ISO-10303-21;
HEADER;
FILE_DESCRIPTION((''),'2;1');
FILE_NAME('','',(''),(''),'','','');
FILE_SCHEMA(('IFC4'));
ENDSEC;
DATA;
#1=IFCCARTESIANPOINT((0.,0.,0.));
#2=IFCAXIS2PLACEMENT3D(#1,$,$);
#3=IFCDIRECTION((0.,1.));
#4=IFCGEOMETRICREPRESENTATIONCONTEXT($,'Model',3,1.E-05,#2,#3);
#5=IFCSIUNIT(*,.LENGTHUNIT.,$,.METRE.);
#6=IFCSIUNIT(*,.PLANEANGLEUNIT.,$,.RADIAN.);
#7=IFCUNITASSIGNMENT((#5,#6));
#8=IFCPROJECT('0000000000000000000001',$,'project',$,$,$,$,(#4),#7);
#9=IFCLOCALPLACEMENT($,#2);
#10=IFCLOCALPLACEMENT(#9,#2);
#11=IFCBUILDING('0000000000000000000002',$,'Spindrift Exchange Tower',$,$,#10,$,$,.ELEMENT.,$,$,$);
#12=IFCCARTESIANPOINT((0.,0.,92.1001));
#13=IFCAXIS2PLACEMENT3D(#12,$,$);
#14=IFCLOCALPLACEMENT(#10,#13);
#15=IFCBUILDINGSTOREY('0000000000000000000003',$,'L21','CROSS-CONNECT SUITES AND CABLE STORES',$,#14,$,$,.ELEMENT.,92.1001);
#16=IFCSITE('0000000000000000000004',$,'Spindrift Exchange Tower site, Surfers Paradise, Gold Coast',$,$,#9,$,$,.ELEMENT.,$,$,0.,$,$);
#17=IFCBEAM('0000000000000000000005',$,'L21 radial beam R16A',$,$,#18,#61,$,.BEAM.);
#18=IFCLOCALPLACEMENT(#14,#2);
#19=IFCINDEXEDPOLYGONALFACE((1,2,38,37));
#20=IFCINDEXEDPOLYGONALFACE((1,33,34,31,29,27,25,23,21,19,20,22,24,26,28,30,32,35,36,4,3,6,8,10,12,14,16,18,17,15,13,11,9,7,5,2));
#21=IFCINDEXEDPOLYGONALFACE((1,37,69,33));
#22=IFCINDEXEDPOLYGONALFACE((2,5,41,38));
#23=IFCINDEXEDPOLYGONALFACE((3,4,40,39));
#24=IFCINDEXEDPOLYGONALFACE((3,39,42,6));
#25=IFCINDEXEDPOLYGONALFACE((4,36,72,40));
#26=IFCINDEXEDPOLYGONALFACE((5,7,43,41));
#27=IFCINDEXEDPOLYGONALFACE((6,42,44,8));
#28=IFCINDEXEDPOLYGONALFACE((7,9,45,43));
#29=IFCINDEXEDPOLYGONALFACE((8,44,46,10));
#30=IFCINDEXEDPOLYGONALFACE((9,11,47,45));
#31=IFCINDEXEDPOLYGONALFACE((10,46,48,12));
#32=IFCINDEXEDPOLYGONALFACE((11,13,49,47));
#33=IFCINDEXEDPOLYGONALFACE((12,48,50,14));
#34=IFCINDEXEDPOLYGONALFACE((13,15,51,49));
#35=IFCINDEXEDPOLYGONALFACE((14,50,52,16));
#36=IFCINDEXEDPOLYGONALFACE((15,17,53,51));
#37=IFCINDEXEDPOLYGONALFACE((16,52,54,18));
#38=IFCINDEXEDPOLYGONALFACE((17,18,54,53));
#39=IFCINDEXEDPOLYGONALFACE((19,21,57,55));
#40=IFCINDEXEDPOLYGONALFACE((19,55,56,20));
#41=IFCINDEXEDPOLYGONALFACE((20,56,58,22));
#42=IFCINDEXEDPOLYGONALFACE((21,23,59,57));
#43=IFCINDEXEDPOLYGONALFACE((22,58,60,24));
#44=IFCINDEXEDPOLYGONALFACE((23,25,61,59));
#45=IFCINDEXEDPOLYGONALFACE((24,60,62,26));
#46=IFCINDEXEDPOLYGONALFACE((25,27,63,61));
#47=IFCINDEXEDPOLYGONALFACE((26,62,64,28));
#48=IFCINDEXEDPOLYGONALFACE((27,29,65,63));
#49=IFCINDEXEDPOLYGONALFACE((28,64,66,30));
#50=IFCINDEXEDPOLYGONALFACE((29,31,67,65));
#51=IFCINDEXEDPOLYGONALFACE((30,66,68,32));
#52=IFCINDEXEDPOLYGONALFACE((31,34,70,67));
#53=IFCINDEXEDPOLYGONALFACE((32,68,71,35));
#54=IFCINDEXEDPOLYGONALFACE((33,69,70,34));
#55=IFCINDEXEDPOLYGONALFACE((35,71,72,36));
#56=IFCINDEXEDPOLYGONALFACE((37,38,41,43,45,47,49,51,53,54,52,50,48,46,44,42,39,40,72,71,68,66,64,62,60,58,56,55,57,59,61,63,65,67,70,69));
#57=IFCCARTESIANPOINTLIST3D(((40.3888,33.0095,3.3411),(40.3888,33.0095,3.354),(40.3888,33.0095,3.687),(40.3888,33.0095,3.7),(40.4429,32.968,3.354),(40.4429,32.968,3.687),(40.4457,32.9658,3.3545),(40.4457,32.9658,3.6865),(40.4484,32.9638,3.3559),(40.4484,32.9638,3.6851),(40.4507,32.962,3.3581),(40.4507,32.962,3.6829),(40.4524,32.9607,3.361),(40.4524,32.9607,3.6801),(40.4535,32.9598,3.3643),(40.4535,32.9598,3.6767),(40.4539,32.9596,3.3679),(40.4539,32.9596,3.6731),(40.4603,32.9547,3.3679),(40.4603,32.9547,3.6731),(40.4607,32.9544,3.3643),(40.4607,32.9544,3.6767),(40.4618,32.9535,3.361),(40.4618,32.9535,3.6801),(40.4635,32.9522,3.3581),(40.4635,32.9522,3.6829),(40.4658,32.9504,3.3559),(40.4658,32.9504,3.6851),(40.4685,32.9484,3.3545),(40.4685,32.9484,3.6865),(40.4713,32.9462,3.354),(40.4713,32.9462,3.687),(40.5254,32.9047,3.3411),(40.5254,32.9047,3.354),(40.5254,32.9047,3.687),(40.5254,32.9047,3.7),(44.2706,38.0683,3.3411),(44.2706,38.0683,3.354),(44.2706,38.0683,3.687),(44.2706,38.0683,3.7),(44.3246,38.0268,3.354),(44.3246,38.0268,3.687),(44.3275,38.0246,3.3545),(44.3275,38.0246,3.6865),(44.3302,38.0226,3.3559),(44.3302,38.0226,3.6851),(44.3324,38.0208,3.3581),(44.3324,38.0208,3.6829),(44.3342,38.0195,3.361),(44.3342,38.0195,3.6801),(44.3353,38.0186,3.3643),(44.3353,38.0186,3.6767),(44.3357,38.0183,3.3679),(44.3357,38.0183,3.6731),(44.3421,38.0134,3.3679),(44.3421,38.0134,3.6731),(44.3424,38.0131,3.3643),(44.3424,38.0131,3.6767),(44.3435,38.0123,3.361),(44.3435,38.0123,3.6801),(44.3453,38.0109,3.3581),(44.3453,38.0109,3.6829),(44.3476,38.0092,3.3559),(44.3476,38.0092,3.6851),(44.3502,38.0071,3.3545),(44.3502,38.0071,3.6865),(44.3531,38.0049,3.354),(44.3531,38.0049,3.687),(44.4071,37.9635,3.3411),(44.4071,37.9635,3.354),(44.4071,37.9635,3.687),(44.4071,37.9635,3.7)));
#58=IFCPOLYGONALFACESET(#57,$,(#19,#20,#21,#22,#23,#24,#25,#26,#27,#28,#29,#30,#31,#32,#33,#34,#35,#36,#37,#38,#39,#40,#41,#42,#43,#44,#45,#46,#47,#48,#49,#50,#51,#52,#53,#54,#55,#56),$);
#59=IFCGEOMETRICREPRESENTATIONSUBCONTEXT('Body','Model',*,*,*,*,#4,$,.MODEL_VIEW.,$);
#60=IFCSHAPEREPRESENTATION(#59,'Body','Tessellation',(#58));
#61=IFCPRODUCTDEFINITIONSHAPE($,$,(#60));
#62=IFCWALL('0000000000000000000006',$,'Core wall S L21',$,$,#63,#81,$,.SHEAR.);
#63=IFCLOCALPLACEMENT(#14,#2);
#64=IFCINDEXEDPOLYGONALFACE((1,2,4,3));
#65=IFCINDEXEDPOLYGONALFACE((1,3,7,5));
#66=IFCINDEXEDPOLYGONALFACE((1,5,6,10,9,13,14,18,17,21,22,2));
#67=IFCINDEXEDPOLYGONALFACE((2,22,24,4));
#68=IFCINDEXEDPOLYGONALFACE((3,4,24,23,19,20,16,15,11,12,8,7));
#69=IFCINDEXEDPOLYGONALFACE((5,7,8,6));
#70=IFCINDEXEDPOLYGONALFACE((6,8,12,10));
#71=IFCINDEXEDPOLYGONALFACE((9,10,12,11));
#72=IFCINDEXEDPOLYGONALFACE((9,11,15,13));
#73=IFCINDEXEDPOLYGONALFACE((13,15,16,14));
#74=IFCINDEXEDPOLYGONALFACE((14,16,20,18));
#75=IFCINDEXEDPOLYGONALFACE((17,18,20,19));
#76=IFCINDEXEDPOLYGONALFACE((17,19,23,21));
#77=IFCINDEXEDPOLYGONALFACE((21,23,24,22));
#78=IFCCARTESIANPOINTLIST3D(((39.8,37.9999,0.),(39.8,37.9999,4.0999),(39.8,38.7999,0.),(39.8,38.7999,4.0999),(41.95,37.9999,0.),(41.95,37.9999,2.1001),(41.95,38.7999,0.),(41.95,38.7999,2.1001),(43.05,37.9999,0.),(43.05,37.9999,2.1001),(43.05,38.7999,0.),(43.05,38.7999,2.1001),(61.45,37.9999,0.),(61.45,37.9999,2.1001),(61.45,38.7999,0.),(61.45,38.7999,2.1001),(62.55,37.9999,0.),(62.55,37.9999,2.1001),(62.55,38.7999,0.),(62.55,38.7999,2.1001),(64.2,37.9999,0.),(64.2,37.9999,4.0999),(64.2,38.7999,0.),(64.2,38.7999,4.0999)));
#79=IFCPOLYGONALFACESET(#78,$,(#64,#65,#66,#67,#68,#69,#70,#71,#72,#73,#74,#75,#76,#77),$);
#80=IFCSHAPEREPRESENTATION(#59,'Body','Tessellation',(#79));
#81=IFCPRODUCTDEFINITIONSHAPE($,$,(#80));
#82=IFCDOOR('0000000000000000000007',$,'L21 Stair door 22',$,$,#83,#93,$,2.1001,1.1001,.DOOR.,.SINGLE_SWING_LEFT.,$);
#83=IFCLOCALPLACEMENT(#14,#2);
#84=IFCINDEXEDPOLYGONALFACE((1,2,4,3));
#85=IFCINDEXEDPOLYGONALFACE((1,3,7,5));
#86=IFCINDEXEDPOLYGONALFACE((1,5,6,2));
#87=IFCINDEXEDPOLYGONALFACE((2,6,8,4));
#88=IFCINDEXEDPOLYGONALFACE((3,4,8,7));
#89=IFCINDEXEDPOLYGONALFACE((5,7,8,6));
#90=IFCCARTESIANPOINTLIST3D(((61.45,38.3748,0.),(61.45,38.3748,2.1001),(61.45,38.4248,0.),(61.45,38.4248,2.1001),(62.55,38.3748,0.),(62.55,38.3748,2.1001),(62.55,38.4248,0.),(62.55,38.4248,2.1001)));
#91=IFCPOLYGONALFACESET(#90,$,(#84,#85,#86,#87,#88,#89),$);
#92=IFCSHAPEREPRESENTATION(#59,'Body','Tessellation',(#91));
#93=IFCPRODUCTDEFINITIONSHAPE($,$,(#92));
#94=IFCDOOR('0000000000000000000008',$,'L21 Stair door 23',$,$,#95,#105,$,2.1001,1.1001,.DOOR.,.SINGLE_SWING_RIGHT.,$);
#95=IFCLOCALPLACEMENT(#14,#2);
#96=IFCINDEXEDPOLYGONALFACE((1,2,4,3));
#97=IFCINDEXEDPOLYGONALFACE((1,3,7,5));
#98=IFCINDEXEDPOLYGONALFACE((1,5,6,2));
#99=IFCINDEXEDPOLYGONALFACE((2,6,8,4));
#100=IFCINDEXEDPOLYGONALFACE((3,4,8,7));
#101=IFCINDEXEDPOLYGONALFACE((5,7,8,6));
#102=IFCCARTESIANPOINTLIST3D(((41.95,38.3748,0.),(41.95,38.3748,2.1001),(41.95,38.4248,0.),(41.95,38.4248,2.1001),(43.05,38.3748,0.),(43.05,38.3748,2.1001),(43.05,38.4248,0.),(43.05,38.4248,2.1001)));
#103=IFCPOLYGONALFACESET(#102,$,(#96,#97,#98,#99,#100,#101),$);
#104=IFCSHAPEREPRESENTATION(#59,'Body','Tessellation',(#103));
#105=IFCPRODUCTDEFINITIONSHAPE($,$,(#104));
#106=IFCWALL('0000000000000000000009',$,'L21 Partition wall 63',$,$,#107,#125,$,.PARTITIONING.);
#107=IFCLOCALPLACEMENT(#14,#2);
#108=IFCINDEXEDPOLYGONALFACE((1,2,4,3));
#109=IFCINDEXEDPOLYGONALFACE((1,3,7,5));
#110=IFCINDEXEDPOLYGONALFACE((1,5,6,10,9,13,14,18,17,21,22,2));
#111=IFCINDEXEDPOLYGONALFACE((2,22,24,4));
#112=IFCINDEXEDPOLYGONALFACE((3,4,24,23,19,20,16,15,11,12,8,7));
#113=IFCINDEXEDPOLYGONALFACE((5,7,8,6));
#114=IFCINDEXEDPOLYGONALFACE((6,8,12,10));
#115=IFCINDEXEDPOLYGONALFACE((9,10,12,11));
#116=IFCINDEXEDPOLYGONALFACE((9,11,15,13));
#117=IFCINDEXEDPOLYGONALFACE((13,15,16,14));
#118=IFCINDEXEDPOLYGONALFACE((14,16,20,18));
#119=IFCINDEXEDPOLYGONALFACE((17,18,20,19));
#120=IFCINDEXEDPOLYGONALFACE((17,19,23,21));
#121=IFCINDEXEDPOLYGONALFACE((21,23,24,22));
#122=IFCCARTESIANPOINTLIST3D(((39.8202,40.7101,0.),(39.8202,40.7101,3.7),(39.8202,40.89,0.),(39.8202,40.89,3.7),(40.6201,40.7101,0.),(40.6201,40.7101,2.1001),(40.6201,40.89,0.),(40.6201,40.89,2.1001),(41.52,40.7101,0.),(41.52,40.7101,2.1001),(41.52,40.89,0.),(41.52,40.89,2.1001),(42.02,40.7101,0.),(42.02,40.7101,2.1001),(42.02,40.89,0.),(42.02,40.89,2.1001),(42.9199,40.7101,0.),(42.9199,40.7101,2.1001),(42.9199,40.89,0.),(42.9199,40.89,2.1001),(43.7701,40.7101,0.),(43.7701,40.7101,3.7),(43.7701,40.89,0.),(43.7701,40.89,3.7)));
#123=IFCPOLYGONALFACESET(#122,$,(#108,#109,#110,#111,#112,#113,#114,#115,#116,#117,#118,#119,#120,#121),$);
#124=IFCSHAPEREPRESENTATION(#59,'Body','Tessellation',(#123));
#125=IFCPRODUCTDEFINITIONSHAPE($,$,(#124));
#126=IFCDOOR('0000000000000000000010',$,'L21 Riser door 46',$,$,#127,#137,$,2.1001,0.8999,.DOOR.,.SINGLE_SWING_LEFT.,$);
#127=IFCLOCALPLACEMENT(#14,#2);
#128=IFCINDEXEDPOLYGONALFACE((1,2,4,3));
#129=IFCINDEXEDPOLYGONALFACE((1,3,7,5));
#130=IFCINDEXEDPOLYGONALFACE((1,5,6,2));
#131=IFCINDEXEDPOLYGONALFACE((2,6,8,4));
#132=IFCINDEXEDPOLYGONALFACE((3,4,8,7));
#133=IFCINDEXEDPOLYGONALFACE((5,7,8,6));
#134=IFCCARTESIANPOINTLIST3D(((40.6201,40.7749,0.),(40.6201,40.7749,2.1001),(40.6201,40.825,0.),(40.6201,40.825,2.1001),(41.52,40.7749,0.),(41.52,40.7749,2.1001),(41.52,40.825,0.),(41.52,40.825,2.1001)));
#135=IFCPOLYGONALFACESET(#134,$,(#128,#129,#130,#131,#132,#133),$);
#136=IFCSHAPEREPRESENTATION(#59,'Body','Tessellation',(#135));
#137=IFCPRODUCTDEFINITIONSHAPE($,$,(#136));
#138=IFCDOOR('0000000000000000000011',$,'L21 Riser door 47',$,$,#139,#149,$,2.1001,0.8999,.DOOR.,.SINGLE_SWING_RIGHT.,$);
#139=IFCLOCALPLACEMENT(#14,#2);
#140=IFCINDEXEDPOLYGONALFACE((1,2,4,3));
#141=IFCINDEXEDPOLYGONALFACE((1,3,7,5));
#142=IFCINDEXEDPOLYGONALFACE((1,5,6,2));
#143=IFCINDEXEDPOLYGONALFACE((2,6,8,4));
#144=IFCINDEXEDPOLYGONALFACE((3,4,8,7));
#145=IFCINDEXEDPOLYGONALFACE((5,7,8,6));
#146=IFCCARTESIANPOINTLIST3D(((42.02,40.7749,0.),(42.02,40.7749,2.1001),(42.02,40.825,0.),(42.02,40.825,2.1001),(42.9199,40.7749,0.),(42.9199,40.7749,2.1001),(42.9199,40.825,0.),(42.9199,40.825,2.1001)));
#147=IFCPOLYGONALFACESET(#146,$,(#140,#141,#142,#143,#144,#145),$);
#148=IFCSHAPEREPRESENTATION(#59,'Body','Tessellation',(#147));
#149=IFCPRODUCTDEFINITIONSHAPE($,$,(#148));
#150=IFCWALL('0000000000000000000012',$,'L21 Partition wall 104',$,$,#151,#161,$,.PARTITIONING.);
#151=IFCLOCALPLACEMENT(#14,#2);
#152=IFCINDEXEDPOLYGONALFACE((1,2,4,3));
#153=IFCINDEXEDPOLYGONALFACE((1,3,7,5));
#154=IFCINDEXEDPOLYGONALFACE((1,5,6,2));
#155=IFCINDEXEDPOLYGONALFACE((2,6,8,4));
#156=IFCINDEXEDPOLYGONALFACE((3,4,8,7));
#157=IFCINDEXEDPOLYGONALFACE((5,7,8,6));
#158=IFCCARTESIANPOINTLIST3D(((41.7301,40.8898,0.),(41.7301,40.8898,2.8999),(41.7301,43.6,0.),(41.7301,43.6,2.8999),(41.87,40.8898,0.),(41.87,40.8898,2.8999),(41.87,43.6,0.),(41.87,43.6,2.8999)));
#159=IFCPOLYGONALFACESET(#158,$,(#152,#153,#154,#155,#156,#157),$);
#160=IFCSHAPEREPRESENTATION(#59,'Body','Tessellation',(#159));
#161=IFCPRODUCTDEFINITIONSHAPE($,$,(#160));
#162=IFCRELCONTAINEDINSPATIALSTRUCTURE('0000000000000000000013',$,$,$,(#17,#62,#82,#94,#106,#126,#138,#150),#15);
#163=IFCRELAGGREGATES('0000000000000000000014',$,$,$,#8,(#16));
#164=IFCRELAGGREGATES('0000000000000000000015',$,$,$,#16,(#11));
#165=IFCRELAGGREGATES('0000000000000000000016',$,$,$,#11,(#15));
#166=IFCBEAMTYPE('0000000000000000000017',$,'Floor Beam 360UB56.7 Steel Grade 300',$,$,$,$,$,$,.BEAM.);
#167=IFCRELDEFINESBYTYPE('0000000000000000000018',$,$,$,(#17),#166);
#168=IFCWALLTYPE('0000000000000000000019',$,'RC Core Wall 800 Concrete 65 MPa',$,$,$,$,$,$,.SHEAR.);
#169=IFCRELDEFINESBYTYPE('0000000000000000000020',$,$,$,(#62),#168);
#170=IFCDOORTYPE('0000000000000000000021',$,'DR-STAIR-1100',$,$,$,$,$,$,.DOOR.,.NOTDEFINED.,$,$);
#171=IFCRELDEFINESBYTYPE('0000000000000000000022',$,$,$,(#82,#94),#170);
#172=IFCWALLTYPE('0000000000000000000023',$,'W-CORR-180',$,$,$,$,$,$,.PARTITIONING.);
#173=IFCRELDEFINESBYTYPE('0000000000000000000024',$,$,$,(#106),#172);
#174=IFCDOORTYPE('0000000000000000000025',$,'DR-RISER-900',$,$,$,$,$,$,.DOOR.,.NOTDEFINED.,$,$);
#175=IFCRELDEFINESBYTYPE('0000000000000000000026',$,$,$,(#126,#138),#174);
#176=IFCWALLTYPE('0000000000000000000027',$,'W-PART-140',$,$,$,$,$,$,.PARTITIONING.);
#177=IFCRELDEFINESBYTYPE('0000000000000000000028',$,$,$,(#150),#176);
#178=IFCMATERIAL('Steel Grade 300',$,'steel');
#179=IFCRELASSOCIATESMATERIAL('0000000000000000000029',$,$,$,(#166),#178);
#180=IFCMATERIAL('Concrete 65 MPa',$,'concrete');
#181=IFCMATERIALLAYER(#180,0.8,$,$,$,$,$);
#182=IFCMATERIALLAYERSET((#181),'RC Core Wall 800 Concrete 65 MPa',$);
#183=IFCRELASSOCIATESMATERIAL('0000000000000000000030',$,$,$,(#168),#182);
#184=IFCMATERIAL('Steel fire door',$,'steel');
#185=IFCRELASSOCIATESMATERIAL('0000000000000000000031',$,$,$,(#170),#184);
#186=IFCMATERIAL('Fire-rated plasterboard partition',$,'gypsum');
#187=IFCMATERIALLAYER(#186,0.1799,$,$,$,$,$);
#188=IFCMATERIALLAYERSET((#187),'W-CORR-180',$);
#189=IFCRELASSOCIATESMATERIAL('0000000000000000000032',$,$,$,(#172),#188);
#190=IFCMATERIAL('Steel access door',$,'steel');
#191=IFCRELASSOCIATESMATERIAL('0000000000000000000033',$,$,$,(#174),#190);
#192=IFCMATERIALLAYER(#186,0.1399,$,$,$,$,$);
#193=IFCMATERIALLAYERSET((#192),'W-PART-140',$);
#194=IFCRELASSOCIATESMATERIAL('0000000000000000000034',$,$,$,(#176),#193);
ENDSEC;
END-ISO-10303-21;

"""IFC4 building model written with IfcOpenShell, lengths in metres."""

from ifc_helpers import new_model, si_unit, direction, frame, frame_2d, origin, origin_2d, place, context, subcontext, project, spatial, rectangle, i_section, extrude, source, transform, mapped, material, layer, layer_set, material_profile, profile_set, type_object, element, fill, save


model = new_model("IFC4")

# Units and contexts
model_context = context("Model", 3, precision=1e-05, world=origin(), true_north=direction((0.0, 1.0)))
body_context = subcontext(model_context, "Body", "Model", "MODEL_VIEW")
ifc_project = project(units=[si_unit("LENGTHUNIT", "METRE"), si_unit("PLANEANGLEUNIT", "RADIAN")], contexts=[model_context])

# Site, building, storey
site_placement = place(None, origin())
site = spatial("IfcSite", under=ifc_project, at=site_placement, Name="Spindrift Exchange Tower site, Surfers Paradise, Gold Coast", CompositionType="ELEMENT", RefElevation=0.0)
building_placement = place(site_placement, origin())
building = spatial("IfcBuilding", under=site, at=building_placement, Name="Spindrift Exchange Tower", CompositionType="ELEMENT")
storey_placement = place(building_placement, frame((0.0, 0.0, 92.1001)))
storey = spatial("IfcBuildingStorey", under=building, at=storey_placement, Name="L21", Description="CROSS-CONNECT SUITES AND CABLE STORES", CompositionType="ELEMENT", Elevation=92.1001)

# Shared definitions
ifc_material_1 = material(Name="Concrete 65 MPa", Category="concrete")

# Beam
ifc_material_2 = material(Name="Steel Grade 300", Category="steel")
ifc_material_profile_1 = material_profile(ifc_material_2, i_section(OverallWidth=0.1721, OverallDepth=0.3589, WebThickness=0.0081, FlangeThickness=0.0129, FilletRadius=0.0139, at=origin_2d()), Name="360UB56.7")
ifc_profile_set_1 = profile_set([ifc_material_profile_1], Name="Steel Grade 300")
beam_type_1 = type_object("IfcBeamType", Name="Floor Beam 360UB56.7 Steel Grade 300", PredefinedType="BEAM", material=ifc_profile_set_1)
shared_shape_1 = source(origin(), body_context, "Body", "SweptSolid", [
    extrude(i_section(OverallWidth=0.1721, OverallDepth=0.3589, WebThickness=0.0081, FlangeThickness=0.0129, FilletRadius=0.0139, at=origin_2d()), origin(), (0.0, 0.0, 1.0), 6.3765),
])
beam_1_placement = place(storey_placement, frame((44.3389, 38.0159, 3.5205), z_axis=(-0.608767, -0.793349, 0.0), x_axis=(0.793349, -0.608767, 0.0)))
element("IfcBeam", 1, at=beam_1_placement, inside=storey, type_object=beam_type_1, Name="L21 radial beam R16A", PredefinedType="BEAM", context=body_context, shape_type="MappedRepresentation", body=[
    mapped(shared_shape_1, transform((0.0, 0.0, 0.0), scale=1.0)),
])

# Walls, openings, doors
ifc_layer_1 = layer(ifc_material_1, 0.8)
ifc_layer_set_1 = layer_set([ifc_layer_1], Name="RC Core Wall 800 Concrete 65 MPa")
wall_type_1 = type_object("IfcWallType", Name="RC Core Wall 800 Concrete 65 MPa", PredefinedType="SHEAR", material=ifc_layer_set_1)
wall_1_placement = place(storey_placement, frame((39.8, 38.3999, 0.0), z_axis=(0.0, 0.0, 1.0), x_axis=(1.0, 0.0, 0.0)))
wall_1 = element("IfcWall", 2, at=wall_1_placement, inside=storey, type_object=wall_type_1, Name="Core wall S L21", PredefinedType="SHEAR", context=body_context, shape_type="SweptSolid", body=[
    extrude(rectangle(XDim=24.3999, YDim=0.8, at=frame_2d((12.2, 0.0))), origin(), (0.0, 0.0, 1.0), 4.0999),
])
opening_1_placement = place(wall_1_placement, frame((21.6499, 0.0, 0.0)))
opening_1 = element("IfcOpeningElement", 3, at=opening_1_placement, cuts=wall_1, PredefinedType="OPENING", context=body_context, shape_type="SweptSolid", body=[
    extrude(rectangle(XDim=1.1001, YDim=2.1001, at=frame_2d((0.55, 1.05))), frame((0.0, 0.4099, 0.0), z_axis=(0.0, -1.0, 0.0), x_axis=(1.0, 0.0, 0.0)), (0.0, 0.0, 1.0), 0.8201),
])
opening_2_placement = place(wall_1_placement, frame((2.1499, 0.0, 0.0)))
opening_2 = element("IfcOpeningElement", 4, at=opening_2_placement, cuts=wall_1, PredefinedType="OPENING", context=body_context, shape_type="SweptSolid", body=[
    extrude(rectangle(XDim=1.1001, YDim=2.1001, at=frame_2d((0.55, 1.05))), frame((0.0, 0.4099, 0.0), z_axis=(0.0, -1.0, 0.0), x_axis=(1.0, 0.0, 0.0)), (0.0, 0.0, 1.0), 0.8201),
])
ifc_material_3 = material(Name="Steel fire door", Category="steel")
door_type_1 = type_object("IfcDoorType", Name="DR-STAIR-1100", OperationType="NOTDEFINED", PredefinedType="DOOR", material=ifc_material_3)
shared_shape_2 = source(origin(), body_context, "Body", "SweptSolid", [
    extrude(rectangle(XDim=1.1001, YDim=2.1001, at=frame_2d((0.55, 1.05))), frame((0.0, 0.0249, 0.0), z_axis=(0.0, -1.0, 0.0), x_axis=(1.0, 0.0, 0.0)), (0.0, 0.0, 1.0), 0.05),
])
door_1_placement = place(opening_1_placement, origin())
door_1 = element("IfcDoor", 5, at=door_1_placement, inside=storey, type_object=door_type_1, Name="L21 Stair door 22", OperationType="SINGLE_SWING_LEFT", OverallHeight=2.1001, OverallWidth=1.1001, PredefinedType="DOOR", context=body_context, shape_type="MappedRepresentation", body=[
    mapped(shared_shape_2, transform((0.0, 0.0, 0.0), scale=1.0)),
])
fill(opening_1, door_1)
door_2_placement = place(opening_2_placement, origin())
door_2 = element("IfcDoor", 6, at=door_2_placement, inside=storey, type_object=door_type_1, Name="L21 Stair door 23", OperationType="SINGLE_SWING_RIGHT", OverallHeight=2.1001, OverallWidth=1.1001, PredefinedType="DOOR", context=body_context, shape_type="MappedRepresentation", body=[
    mapped(shared_shape_2, transform((0.0, 0.0, 0.0), scale=1.0)),
])
fill(opening_2, door_2)
ifc_material_4 = material(Name="Fire-rated plasterboard partition", Category="gypsum")
ifc_layer_2 = layer(ifc_material_4, 0.1799)
ifc_layer_set_2 = layer_set([ifc_layer_2], Name="W-CORR-180")
wall_type_2 = type_object("IfcWallType", Name="W-CORR-180", PredefinedType="PARTITIONING", material=ifc_layer_set_2)
wall_2_placement = place(storey_placement, frame((39.8201, 40.8, 0.0), z_axis=(0.0, 0.0, 1.0), x_axis=(1.0, 0.0, 0.0)))
wall_2 = element("IfcWall", 7, at=wall_2_placement, inside=storey, type_object=wall_type_2, Name="L21 Partition wall 63", PredefinedType="PARTITIONING", context=body_context, shape_type="SweptSolid", body=[
    extrude(rectangle(XDim=3.95, YDim=0.1799, at=frame_2d((1.9751, 0.0))), origin(), (0.0, 0.0, 1.0), 3.7),
])
opening_3_placement = place(wall_2_placement, frame((0.8, 0.0, 0.0)))
opening_3 = element("IfcOpeningElement", 8, at=opening_3_placement, cuts=wall_2, PredefinedType="OPENING", context=body_context, shape_type="SweptSolid", body=[
    extrude(rectangle(XDim=0.8999, YDim=2.1001, at=frame_2d((0.45, 1.05))), frame((0.0, 0.0999, 0.0), z_axis=(0.0, -1.0, 0.0), x_axis=(1.0, 0.0, 0.0)), (0.0, 0.0, 1.0), 0.2),
])
opening_4_placement = place(wall_2_placement, frame((2.2, 0.0, 0.0)))
opening_4 = element("IfcOpeningElement", 9, at=opening_4_placement, cuts=wall_2, PredefinedType="OPENING", context=body_context, shape_type="SweptSolid", body=[
    extrude(rectangle(XDim=0.8999, YDim=2.1001, at=frame_2d((0.45, 1.05))), frame((0.0, 0.0999, 0.0), z_axis=(0.0, -1.0, 0.0), x_axis=(1.0, 0.0, 0.0)), (0.0, 0.0, 1.0), 0.2),
])
ifc_material_5 = material(Name="Steel access door", Category="steel")
door_type_2 = type_object("IfcDoorType", Name="DR-RISER-900", OperationType="NOTDEFINED", PredefinedType="DOOR", material=ifc_material_5)
shared_shape_3 = source(origin(), body_context, "Body", "SweptSolid", [
    extrude(rectangle(XDim=0.8999, YDim=2.1001, at=frame_2d((0.45, 1.05))), frame((0.0, 0.0249, 0.0), z_axis=(0.0, -1.0, 0.0), x_axis=(1.0, 0.0, 0.0)), (0.0, 0.0, 1.0), 0.05),
])
door_3_placement = place(opening_3_placement, origin())
door_3 = element("IfcDoor", 10, at=door_3_placement, inside=storey, type_object=door_type_2, Name="L21 Riser door 46", OperationType="SINGLE_SWING_LEFT", OverallHeight=2.1001, OverallWidth=0.8999, PredefinedType="DOOR", context=body_context, shape_type="MappedRepresentation", body=[
    mapped(shared_shape_3, transform((0.0, 0.0, 0.0), scale=1.0)),
])
fill(opening_3, door_3)
door_4_placement = place(opening_4_placement, origin())
door_4 = element("IfcDoor", 11, at=door_4_placement, inside=storey, type_object=door_type_2, Name="L21 Riser door 47", OperationType="SINGLE_SWING_RIGHT", OverallHeight=2.1001, OverallWidth=0.8999, PredefinedType="DOOR", context=body_context, shape_type="MappedRepresentation", body=[
    mapped(shared_shape_3, transform((0.0, 0.0, 0.0), scale=1.0)),
])
fill(opening_4, door_4)

# Wall
ifc_layer_3 = layer(ifc_material_4, 0.1399)
ifc_layer_set_3 = layer_set([ifc_layer_3], Name="W-PART-140")
wall_type_3 = type_object("IfcWallType", Name="W-PART-140", PredefinedType="PARTITIONING", material=ifc_layer_set_3)
wall_3_placement = place(storey_placement, frame((41.8, 40.8899, 0.0), z_axis=(0.0, 0.0, 1.0), x_axis=(0.0, 1.0, 0.0)))
element("IfcWall", 12, at=wall_3_placement, inside=storey, type_object=wall_type_3, Name="L21 Partition wall 104", PredefinedType="PARTITIONING", context=body_context, shape_type="SweptSolid", body=[
    extrude(rectangle(XDim=2.7102, YDim=0.1399, at=frame_2d((1.355, 0.0))), origin(), (0.0, 0.0, 1.0), 2.8999),
])

save(model, "model.ifc")
